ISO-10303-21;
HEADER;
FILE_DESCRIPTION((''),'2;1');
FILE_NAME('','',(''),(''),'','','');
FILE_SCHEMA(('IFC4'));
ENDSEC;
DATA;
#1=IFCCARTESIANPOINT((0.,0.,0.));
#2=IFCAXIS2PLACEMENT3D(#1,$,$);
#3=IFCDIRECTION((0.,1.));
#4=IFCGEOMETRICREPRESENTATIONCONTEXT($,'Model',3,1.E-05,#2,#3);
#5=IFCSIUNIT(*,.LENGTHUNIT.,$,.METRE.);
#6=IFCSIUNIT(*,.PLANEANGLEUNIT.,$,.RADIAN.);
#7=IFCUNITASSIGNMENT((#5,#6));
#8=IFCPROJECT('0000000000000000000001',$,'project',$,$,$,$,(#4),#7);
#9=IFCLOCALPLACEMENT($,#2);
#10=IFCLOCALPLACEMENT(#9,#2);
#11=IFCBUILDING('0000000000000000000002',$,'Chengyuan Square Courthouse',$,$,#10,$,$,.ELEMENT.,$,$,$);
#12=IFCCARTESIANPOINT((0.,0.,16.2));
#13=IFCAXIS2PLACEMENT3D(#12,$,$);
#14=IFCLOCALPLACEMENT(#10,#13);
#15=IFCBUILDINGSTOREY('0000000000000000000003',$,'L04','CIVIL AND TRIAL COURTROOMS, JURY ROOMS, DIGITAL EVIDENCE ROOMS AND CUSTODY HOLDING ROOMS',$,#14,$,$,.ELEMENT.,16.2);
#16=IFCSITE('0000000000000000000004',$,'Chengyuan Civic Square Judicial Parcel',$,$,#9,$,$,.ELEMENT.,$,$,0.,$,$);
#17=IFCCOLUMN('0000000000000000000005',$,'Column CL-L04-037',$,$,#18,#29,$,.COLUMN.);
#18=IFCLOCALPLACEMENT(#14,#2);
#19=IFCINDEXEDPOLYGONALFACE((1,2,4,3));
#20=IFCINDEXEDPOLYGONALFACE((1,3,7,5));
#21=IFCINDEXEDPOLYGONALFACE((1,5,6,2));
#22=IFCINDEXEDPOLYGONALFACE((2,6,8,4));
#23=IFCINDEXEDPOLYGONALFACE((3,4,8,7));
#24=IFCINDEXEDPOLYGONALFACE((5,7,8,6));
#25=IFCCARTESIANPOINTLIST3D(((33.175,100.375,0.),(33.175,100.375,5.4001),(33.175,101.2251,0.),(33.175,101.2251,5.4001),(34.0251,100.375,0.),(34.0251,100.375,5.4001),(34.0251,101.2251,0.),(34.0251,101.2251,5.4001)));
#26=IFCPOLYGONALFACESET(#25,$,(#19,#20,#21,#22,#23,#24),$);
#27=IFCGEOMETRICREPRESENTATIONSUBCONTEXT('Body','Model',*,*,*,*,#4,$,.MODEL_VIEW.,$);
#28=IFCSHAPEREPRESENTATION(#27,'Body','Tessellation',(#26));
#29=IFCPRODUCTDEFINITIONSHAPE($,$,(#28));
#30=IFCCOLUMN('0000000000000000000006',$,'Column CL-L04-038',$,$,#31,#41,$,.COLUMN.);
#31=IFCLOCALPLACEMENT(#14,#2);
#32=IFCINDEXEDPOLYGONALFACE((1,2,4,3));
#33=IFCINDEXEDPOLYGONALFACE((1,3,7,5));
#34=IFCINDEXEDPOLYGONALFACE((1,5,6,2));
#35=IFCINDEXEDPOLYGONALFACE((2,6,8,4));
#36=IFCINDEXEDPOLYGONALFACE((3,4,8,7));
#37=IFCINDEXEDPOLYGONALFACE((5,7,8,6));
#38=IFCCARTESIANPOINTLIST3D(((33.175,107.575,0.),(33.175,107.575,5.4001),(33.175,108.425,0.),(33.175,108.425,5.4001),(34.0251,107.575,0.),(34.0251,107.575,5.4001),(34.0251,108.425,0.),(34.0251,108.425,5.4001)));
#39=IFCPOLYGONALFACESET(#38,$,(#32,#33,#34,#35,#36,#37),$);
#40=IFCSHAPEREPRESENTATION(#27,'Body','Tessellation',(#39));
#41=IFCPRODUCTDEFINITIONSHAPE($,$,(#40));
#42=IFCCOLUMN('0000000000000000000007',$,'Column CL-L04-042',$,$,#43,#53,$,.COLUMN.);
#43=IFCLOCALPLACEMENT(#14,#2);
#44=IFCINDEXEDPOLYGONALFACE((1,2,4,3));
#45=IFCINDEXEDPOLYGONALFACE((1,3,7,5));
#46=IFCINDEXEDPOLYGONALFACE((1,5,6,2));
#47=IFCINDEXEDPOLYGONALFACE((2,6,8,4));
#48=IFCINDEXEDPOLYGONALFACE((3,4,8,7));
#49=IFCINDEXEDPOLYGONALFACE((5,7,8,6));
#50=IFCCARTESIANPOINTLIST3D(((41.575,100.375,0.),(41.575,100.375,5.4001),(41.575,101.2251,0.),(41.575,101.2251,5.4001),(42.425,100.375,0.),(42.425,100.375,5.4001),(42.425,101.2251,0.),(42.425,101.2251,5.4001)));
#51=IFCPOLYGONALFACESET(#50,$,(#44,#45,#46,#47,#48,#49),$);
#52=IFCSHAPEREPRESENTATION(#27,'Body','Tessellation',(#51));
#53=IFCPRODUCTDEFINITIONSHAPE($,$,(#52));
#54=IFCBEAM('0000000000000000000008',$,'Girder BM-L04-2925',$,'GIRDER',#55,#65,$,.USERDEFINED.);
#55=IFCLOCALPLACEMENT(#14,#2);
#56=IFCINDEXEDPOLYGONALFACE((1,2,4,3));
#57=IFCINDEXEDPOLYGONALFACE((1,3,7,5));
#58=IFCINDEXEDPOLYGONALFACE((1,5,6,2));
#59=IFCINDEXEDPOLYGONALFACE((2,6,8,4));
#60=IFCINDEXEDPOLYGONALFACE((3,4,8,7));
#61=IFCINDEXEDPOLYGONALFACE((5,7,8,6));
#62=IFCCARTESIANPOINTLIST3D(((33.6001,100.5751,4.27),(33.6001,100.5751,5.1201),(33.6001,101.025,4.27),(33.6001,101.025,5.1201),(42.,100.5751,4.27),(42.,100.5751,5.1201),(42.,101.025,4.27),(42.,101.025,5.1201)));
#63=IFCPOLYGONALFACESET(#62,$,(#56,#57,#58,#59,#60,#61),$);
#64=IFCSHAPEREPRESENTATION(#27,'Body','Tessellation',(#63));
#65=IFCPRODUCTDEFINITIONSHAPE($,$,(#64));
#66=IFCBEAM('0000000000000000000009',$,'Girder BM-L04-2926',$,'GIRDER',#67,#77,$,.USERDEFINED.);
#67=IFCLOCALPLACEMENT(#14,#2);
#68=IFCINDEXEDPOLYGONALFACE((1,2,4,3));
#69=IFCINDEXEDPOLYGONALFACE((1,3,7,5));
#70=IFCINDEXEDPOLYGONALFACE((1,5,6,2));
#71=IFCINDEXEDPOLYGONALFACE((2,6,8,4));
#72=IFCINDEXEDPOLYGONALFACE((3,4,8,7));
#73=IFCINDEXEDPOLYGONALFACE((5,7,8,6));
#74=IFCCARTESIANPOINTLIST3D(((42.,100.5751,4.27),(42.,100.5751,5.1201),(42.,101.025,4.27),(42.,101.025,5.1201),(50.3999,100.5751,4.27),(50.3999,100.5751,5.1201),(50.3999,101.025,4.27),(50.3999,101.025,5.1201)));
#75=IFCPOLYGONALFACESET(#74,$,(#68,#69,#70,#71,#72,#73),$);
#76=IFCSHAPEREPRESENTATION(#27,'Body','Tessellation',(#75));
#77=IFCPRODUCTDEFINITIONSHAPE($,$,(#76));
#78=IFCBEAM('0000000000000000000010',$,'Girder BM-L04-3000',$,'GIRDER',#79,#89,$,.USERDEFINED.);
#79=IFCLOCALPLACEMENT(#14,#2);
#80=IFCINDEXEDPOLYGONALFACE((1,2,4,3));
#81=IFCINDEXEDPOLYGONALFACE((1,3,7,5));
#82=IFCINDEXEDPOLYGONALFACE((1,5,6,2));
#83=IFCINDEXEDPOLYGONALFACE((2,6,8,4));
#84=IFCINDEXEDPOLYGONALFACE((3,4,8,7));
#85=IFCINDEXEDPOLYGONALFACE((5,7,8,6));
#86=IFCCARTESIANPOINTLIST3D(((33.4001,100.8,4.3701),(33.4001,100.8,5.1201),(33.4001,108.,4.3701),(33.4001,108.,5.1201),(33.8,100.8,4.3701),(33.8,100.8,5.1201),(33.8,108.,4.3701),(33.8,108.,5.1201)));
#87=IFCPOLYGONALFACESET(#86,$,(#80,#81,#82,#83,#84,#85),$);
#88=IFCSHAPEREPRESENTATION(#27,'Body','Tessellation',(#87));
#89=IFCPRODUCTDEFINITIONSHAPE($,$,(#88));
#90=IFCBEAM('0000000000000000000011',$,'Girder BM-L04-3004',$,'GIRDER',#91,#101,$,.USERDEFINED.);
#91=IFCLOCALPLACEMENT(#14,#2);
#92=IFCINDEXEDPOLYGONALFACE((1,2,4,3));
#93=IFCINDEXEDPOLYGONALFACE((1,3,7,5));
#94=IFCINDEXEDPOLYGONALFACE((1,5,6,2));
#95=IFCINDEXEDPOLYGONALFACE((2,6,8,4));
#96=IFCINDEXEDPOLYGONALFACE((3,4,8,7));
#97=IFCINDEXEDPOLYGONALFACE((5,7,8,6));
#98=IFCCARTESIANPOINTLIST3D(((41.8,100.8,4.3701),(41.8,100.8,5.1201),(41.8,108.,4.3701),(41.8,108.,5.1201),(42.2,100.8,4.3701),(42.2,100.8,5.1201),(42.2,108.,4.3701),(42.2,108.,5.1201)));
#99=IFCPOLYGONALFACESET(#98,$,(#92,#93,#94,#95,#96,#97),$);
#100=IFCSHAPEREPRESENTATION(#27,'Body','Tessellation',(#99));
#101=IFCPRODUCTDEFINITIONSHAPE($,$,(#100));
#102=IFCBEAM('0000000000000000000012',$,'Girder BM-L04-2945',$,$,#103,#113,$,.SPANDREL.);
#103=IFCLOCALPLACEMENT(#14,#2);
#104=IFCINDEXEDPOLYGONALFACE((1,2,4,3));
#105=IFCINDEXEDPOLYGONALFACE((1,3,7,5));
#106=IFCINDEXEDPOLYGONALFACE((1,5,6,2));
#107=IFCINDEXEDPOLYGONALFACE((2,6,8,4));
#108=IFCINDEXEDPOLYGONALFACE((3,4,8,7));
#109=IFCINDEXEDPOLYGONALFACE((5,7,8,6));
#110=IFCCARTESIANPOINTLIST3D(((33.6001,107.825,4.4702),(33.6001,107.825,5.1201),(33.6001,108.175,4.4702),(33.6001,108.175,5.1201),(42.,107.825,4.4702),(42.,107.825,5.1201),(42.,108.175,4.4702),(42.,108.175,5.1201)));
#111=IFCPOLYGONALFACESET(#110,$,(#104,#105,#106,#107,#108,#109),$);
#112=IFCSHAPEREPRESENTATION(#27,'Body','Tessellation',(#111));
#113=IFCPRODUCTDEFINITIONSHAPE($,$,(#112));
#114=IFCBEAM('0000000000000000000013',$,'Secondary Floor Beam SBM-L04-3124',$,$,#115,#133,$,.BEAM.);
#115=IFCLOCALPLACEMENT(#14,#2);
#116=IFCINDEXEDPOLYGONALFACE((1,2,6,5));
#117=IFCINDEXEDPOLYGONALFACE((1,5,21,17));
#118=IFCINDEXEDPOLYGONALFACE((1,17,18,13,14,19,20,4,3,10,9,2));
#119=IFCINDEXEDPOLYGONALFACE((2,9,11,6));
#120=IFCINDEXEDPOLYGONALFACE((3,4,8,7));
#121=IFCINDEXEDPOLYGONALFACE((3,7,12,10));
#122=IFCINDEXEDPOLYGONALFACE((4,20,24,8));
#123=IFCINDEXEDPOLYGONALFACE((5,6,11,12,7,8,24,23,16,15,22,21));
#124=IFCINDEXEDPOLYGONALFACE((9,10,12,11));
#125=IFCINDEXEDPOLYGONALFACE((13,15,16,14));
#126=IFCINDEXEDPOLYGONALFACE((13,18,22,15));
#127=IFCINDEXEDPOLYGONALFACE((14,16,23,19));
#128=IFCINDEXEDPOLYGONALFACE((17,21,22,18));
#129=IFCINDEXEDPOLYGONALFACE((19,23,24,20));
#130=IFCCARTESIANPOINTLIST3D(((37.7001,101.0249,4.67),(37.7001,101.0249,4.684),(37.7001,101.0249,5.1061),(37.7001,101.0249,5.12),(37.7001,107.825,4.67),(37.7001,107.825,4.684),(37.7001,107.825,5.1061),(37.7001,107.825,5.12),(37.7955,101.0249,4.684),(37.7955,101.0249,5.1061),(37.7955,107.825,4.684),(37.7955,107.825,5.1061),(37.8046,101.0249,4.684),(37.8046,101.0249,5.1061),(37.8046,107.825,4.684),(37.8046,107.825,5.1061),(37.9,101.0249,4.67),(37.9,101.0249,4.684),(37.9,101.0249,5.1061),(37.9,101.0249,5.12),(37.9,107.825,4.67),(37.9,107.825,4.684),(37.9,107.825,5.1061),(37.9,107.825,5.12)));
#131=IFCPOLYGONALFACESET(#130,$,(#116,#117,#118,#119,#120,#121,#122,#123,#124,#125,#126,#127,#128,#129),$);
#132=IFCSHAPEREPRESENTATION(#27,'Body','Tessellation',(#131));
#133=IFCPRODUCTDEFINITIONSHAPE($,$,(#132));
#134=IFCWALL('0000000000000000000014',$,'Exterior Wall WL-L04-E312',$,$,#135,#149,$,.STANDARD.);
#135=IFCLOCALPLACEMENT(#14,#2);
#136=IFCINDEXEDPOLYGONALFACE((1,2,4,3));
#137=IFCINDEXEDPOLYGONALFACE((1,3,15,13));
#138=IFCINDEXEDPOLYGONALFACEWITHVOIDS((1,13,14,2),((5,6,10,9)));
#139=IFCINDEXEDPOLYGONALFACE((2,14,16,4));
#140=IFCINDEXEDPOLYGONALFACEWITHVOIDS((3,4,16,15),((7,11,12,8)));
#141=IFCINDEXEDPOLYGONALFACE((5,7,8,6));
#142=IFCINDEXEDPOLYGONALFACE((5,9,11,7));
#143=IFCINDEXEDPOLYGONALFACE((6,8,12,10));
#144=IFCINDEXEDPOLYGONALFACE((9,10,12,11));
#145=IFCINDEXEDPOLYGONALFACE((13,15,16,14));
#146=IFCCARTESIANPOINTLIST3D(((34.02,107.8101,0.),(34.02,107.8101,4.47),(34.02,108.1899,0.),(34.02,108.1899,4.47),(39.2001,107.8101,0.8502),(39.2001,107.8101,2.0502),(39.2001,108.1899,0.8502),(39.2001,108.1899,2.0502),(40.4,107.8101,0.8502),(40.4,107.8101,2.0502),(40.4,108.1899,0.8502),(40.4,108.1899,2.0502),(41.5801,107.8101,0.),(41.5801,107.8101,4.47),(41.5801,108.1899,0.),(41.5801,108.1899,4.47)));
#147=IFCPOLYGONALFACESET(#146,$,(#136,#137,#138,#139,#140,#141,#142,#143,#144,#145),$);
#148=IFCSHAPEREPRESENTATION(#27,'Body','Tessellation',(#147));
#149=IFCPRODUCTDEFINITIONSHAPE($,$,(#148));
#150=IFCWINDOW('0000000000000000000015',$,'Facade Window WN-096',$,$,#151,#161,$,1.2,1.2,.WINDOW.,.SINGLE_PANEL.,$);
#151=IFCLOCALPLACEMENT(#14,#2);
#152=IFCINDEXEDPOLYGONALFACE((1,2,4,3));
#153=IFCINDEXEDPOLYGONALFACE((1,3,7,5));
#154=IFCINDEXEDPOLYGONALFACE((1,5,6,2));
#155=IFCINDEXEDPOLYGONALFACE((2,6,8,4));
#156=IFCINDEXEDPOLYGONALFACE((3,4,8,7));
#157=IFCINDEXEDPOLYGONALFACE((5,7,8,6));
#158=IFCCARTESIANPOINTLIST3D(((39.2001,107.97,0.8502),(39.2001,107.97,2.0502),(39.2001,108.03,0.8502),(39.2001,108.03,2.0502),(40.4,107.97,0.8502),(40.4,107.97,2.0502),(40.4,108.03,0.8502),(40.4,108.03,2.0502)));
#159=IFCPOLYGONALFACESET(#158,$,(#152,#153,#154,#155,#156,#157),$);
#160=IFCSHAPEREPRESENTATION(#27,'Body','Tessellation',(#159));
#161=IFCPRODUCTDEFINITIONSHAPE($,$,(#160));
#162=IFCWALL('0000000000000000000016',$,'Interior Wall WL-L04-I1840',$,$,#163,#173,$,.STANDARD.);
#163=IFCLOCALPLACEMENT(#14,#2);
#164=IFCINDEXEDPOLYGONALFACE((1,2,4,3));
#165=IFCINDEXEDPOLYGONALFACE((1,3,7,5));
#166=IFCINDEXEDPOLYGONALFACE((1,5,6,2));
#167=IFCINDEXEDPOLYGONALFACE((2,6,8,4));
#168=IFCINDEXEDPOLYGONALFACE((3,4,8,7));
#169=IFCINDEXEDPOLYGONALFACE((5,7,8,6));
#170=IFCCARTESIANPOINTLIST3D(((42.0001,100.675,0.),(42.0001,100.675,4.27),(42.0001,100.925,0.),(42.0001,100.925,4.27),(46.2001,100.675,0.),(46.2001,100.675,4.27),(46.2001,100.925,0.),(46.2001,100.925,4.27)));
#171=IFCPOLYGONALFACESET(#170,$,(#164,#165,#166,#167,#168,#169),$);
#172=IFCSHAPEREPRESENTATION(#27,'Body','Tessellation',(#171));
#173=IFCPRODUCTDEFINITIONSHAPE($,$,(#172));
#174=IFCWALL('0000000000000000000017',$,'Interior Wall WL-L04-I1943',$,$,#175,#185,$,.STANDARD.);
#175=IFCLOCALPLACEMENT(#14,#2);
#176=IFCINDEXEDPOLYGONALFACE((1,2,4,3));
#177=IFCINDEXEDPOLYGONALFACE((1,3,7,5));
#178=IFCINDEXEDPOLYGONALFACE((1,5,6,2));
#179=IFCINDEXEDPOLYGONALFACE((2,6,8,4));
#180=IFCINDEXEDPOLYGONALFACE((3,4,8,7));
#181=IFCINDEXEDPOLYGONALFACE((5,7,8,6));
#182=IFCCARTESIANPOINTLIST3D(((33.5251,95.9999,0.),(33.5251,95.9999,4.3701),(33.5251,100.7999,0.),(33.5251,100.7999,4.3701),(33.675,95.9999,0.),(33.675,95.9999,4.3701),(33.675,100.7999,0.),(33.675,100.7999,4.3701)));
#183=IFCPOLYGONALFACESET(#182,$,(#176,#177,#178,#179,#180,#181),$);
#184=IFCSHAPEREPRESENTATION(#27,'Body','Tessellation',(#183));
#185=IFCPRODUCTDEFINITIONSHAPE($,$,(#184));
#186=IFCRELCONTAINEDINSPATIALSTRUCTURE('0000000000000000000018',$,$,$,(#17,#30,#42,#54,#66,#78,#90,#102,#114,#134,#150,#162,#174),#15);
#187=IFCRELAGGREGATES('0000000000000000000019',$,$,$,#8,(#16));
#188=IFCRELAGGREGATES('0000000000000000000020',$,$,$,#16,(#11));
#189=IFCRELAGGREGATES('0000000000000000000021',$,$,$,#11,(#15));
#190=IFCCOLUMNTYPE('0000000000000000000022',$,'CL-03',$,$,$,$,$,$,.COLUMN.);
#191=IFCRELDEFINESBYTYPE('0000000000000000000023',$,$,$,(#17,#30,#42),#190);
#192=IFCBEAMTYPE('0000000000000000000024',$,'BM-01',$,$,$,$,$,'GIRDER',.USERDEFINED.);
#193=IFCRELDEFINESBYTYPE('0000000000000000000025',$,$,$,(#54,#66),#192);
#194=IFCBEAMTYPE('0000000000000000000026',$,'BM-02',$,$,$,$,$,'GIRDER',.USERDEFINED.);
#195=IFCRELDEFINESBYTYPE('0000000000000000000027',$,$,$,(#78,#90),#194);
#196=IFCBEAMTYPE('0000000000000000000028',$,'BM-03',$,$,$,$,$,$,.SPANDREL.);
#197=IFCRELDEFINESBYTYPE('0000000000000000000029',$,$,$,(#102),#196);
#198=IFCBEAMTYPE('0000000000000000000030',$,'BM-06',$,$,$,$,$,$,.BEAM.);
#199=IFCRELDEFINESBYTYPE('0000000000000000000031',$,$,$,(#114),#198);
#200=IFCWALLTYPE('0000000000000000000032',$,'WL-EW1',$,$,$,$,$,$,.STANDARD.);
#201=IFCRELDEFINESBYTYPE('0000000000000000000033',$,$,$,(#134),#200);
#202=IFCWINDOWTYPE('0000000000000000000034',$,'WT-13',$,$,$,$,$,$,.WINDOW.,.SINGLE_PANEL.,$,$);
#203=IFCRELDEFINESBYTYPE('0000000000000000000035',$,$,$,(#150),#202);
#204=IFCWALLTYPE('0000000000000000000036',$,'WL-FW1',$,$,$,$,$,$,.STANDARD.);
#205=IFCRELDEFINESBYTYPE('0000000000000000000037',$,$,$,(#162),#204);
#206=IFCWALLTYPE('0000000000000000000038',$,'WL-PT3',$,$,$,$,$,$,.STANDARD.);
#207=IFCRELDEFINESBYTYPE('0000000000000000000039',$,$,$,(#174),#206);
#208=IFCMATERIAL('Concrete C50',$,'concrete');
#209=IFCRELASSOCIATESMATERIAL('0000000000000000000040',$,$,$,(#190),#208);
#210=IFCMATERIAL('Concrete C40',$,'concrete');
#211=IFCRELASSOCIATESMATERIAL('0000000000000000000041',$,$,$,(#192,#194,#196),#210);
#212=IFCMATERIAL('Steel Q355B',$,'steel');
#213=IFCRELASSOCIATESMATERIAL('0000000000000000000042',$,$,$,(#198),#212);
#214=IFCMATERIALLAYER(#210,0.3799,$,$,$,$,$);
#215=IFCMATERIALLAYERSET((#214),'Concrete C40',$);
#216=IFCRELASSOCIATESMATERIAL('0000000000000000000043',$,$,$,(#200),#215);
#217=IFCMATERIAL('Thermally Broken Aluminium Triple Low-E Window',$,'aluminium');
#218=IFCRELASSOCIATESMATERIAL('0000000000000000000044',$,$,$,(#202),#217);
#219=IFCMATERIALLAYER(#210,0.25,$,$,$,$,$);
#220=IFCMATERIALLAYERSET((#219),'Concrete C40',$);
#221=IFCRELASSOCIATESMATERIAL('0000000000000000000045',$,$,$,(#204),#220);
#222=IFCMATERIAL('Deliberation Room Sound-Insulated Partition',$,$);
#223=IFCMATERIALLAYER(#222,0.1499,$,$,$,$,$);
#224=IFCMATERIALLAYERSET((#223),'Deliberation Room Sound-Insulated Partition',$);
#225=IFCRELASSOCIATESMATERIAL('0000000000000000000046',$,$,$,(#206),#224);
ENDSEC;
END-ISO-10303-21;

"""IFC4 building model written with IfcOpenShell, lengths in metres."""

from ifc_helpers import new_model, si_unit, direction, frame, frame_2d, origin, origin_2d, place, context, subcontext, project, spatial, rectangle, i_section, extrude, material, layer, layer_set, material_profile, profile_set, type_object, element, fill, save


model = new_model("IFC4")

# Units and contexts
model_context = context("Model", 3, precision=1e-05, world=origin(), true_north=direction((0.0, 1.0)))
body_context = subcontext(model_context, "Body", "Model", "MODEL_VIEW")
ifc_project = project(units=[si_unit("LENGTHUNIT", "METRE"), si_unit("PLANEANGLEUNIT", "RADIAN")], contexts=[model_context])

# Site, building, storey
site_placement = place(None, origin())
site = spatial("IfcSite", under=ifc_project, at=site_placement, Name="Chengyuan Civic Square Judicial Parcel", CompositionType="ELEMENT", RefElevation=0.0)
building_placement = place(site_placement, origin())
building = spatial("IfcBuilding", under=site, at=building_placement, Name="Chengyuan Square Courthouse", CompositionType="ELEMENT")
storey_placement = place(building_placement, frame((0.0, 0.0, 16.2)))
storey = spatial("IfcBuildingStorey", under=building, at=storey_placement, Name="L04", Description="CIVIL AND TRIAL COURTROOMS, JURY ROOMS, DIGITAL EVIDENCE ROOMS AND CUSTODY HOLDING ROOMS", CompositionType="ELEMENT", Elevation=16.2)

# Columns
ifc_material_1 = material(Name="Concrete C50", Category="concrete")
ifc_material_profile_1 = material_profile(ifc_material_1, rectangle(XDim=0.8501, YDim=0.8501, at=origin_2d()), Name="RC-COL-850x850")
ifc_profile_set_1 = profile_set([ifc_material_profile_1], Name="Concrete C50")
column_type = type_object("IfcColumnType", Name="CL-03", PredefinedType="COLUMN", material=ifc_profile_set_1)
for number, where, z_axis, x_axis, name in (
    (1, (33.6001, 100.8, 0.0), (0.0, 0.0, 1.0), (1.0, 0.0, 0.0), "Column CL-L04-037"),
    (2, (33.6001, 108.0, 0.0), (0.0, 0.0, 1.0), (1.0, 0.0, 0.0), "Column CL-L04-038"),
    (3, (42.0, 100.8, 0.0), (0.0, 0.0, 1.0), (1.0, 0.0, 0.0), "Column CL-L04-042"),
):
    element("IfcColumn", number, at=place(storey_placement, frame(where, z_axis=z_axis, x_axis=x_axis)), inside=storey, type_object=column_type, Name=name, PredefinedType="COLUMN", context=body_context, shape_type="SweptSolid", body=[
        extrude(rectangle(XDim=0.8501, YDim=0.8501, at=origin_2d()), origin(), (0.0, 0.0, 1.0), 5.4001),
    ])

# Beams
ifc_material_2 = material(Name="Concrete C40", Category="concrete")
ifc_material_profile_2 = material_profile(ifc_material_2, rectangle(XDim=0.45, YDim=0.8501, at=origin_2d()), Name="RC-BM-450x850")
ifc_profile_set_2 = profile_set([ifc_material_profile_2], Name="Concrete C40")
beam_type_1 = type_object("IfcBeamType", Name="BM-01", ElementType="GIRDER", PredefinedType="USERDEFINED", material=ifc_profile_set_2)
for number, where, z_axis, x_axis, name in (
    (4, (33.6001, 100.8, 4.6951), (1.0, 0.0, 0.0), (0.0, 1.0, 0.0), "Girder BM-L04-2925"),
    (5, (42.0, 100.8, 4.6951), (1.0, 0.0, 0.0), (0.0, 1.0, 0.0), "Girder BM-L04-2926"),
):
    element("IfcBeam", number, at=place(storey_placement, frame(where, z_axis=z_axis, x_axis=x_axis)), inside=storey, type_object=beam_type_1, Name=name, ObjectType="GIRDER", PredefinedType="USERDEFINED", context=body_context, shape_type="SweptSolid", body=[
        extrude(rectangle(XDim=0.45, YDim=0.8501, at=origin_2d()), origin(), (0.0, 0.0, 1.0), 8.3999),
    ])
ifc_material_profile_3 = material_profile(ifc_material_2, rectangle(XDim=0.3999, YDim=0.75, at=origin_2d()), Name="RC-BM-400x750")
ifc_profile_set_3 = profile_set([ifc_material_profile_3], Name="Concrete C40")
beam_type_2 = type_object("IfcBeamType", Name="BM-02", ElementType="GIRDER", PredefinedType="USERDEFINED", material=ifc_profile_set_3)
for number, where, z_axis, x_axis, name in (
    (6, (33.6001, 100.8, 4.7451), (0.0, 1.0, 0.0), (-1.0, 0.0, 0.0), "Girder BM-L04-3000"),
    (7, (42.0, 100.8, 4.7451), (0.0, 1.0, 0.0), (-1.0, 0.0, 0.0), "Girder BM-L04-3004"),
):
    element("IfcBeam", number, at=place(storey_placement, frame(where, z_axis=z_axis, x_axis=x_axis)), inside=storey, type_object=beam_type_2, Name=name, ObjectType="GIRDER", PredefinedType="USERDEFINED", context=body_context, shape_type="SweptSolid", body=[
        extrude(rectangle(XDim=0.3999, YDim=0.75, at=origin_2d()), origin(), (0.0, 0.0, 1.0), 7.2),
    ])
ifc_material_profile_4 = material_profile(ifc_material_2, rectangle(XDim=0.3501, YDim=0.6499, at=origin_2d()), Name="RC-BM-350x650")
ifc_profile_set_4 = profile_set([ifc_material_profile_4], Name="Concrete C40")
beam_type_3 = type_object("IfcBeamType", Name="BM-03", PredefinedType="SPANDREL", material=ifc_profile_set_4)
beam_1_placement = place(storey_placement, frame((33.6001, 108.0, 4.7952), z_axis=(1.0, 0.0, 0.0), x_axis=(0.0, 1.0, 0.0)))
element("IfcBeam", 8, at=beam_1_placement, inside=storey, type_object=beam_type_3, Name="Girder BM-L04-2945", PredefinedType="SPANDREL", context=body_context, shape_type="SweptSolid", body=[
    extrude(rectangle(XDim=0.3501, YDim=0.6499, at=origin_2d()), origin(), (0.0, 0.0, 1.0), 8.3999),
])
ifc_material_3 = material(Name="Steel Q355B", Category="steel")
ifc_material_profile_5 = material_profile(ifc_material_3, i_section(OverallWidth=0.2, OverallDepth=0.45, WebThickness=0.009, FlangeThickness=0.0139, at=origin_2d()), Name="HN 450x200x9x14")
ifc_profile_set_5 = profile_set([ifc_material_profile_5], Name="Steel Q355B")
beam_type_4 = type_object("IfcBeamType", Name="BM-06", PredefinedType="BEAM", material=ifc_profile_set_5)
beam_2_placement = place(storey_placement, frame((37.8, 101.0249, 4.895), z_axis=(0.0, 1.0, 0.0), x_axis=(-1.0, 0.0, 0.0)))
element("IfcBeam", 9, at=beam_2_placement, inside=storey, type_object=beam_type_4, Name="Secondary Floor Beam SBM-L04-3124", PredefinedType="BEAM", context=body_context, shape_type="SweptSolid", body=[
    extrude(i_section(OverallWidth=0.2, OverallDepth=0.45, WebThickness=0.009, FlangeThickness=0.0139, at=origin_2d()), origin(), (0.0, 0.0, 1.0), 6.8),
])

# Wall, opening, window
ifc_layer_1 = layer(ifc_material_2, 0.3799)
ifc_layer_set_1 = layer_set([ifc_layer_1], Name="Concrete C40")
wall_type_1 = type_object("IfcWallType", Name="WL-EW1", PredefinedType="STANDARD", material=ifc_layer_set_1)
wall_1_placement = place(storey_placement, frame((34.02, 108.0, 0.0), z_axis=(0.0, 0.0, 1.0), x_axis=(1.0, 0.0, 0.0)))
wall_1 = element("IfcWall", 10, at=wall_1_placement, inside=storey, type_object=wall_type_1, Name="Exterior Wall WL-L04-E312", PredefinedType="STANDARD", context=body_context, shape_type="SweptSolid", body=[
    extrude(rectangle(XDim=7.5601, YDim=0.3799, at=frame_2d((3.78, 0.0))), origin(), (0.0, 0.0, 1.0), 4.47),
])
opening_placement = place(wall_1_placement, frame((5.1799, 0.0, 0.8501)))
opening = element("IfcOpeningElement", 11, at=opening_placement, cuts=wall_1, PredefinedType="OPENING", context=body_context, shape_type="SweptSolid", body=[
    extrude(rectangle(XDim=1.2, YDim=1.2, at=frame_2d((0.6001, 0.6001))), frame((0.0, 0.2019, 0.0), z_axis=(0.0, -1.0, 0.0), x_axis=(1.0, 0.0, 0.0)), (0.0, 0.0, 1.0), 0.4038),
])
ifc_material_4 = material(Name="Thermally Broken Aluminium Triple Low-E Window", Category="aluminium")
window_type = type_object("IfcWindowType", Name="WT-13", PartitioningType="SINGLE_PANEL", PredefinedType="WINDOW", material=ifc_material_4)
window_placement = place(opening_placement, origin())
window = element("IfcWindow", 12, at=window_placement, inside=storey, type_object=window_type, Name="Facade Window WN-096", OverallHeight=1.2, OverallWidth=1.2, PartitioningType="SINGLE_PANEL", PredefinedType="WINDOW", context=body_context, shape_type="SweptSolid", body=[
    extrude(rectangle(XDim=1.2, YDim=1.2, at=frame_2d((0.6001, 0.6001))), frame((0.0, 0.03, 0.0), z_axis=(0.0, -1.0, 0.0), x_axis=(1.0, 0.0, 0.0)), (0.0, 0.0, 1.0), 0.0601),
])
fill(opening, window)

# Walls
ifc_layer_2 = layer(ifc_material_2, 0.25)
ifc_layer_set_2 = layer_set([ifc_layer_2], Name="Concrete C40")
wall_type_2 = type_object("IfcWallType", Name="WL-FW1", PredefinedType="STANDARD", material=ifc_layer_set_2)
wall_2_placement = place(storey_placement, frame((42.0, 100.8, 0.0), z_axis=(0.0, 0.0, 1.0), x_axis=(1.0, 0.0, 0.0)))
element("IfcWall", 13, at=wall_2_placement, inside=storey, type_object=wall_type_2, Name="Interior Wall WL-L04-I1840", PredefinedType="STANDARD", context=body_context, shape_type="SweptSolid", body=[
    extrude(rectangle(XDim=4.2, YDim=0.25, at=frame_2d((2.1001, 0.0))), origin(), (0.0, 0.0, 1.0), 4.27),
])
ifc_material_5 = material(Name="Deliberation Room Sound-Insulated Partition")
ifc_layer_3 = layer(ifc_material_5, 0.1499)
ifc_layer_set_3 = layer_set([ifc_layer_3], Name="Deliberation Room Sound-Insulated Partition")
wall_type_3 = type_object("IfcWallType", Name="WL-PT3", PredefinedType="STANDARD", material=ifc_layer_set_3)
for number, where, z_axis, x_axis, name in (
    (14, (33.6001, 96.0, 0.0), (0.0, 0.0, 1.0), (0.0, 1.0, 0.0), "Interior Wall WL-L04-I1943"),
):
    element("IfcWall", number, at=place(storey_placement, frame(where, z_axis=z_axis, x_axis=x_axis)), inside=storey, type_object=wall_type_3, Name=name, PredefinedType="STANDARD", context=body_context, shape_type="SweptSolid", body=[
        extrude(rectangle(XDim=4.8, YDim=0.1499, at=frame_2d((2.3999, 0.0))), origin(), (0.0, 0.0, 1.0), 4.3701),
    ])

save(model, "model.ifc")
